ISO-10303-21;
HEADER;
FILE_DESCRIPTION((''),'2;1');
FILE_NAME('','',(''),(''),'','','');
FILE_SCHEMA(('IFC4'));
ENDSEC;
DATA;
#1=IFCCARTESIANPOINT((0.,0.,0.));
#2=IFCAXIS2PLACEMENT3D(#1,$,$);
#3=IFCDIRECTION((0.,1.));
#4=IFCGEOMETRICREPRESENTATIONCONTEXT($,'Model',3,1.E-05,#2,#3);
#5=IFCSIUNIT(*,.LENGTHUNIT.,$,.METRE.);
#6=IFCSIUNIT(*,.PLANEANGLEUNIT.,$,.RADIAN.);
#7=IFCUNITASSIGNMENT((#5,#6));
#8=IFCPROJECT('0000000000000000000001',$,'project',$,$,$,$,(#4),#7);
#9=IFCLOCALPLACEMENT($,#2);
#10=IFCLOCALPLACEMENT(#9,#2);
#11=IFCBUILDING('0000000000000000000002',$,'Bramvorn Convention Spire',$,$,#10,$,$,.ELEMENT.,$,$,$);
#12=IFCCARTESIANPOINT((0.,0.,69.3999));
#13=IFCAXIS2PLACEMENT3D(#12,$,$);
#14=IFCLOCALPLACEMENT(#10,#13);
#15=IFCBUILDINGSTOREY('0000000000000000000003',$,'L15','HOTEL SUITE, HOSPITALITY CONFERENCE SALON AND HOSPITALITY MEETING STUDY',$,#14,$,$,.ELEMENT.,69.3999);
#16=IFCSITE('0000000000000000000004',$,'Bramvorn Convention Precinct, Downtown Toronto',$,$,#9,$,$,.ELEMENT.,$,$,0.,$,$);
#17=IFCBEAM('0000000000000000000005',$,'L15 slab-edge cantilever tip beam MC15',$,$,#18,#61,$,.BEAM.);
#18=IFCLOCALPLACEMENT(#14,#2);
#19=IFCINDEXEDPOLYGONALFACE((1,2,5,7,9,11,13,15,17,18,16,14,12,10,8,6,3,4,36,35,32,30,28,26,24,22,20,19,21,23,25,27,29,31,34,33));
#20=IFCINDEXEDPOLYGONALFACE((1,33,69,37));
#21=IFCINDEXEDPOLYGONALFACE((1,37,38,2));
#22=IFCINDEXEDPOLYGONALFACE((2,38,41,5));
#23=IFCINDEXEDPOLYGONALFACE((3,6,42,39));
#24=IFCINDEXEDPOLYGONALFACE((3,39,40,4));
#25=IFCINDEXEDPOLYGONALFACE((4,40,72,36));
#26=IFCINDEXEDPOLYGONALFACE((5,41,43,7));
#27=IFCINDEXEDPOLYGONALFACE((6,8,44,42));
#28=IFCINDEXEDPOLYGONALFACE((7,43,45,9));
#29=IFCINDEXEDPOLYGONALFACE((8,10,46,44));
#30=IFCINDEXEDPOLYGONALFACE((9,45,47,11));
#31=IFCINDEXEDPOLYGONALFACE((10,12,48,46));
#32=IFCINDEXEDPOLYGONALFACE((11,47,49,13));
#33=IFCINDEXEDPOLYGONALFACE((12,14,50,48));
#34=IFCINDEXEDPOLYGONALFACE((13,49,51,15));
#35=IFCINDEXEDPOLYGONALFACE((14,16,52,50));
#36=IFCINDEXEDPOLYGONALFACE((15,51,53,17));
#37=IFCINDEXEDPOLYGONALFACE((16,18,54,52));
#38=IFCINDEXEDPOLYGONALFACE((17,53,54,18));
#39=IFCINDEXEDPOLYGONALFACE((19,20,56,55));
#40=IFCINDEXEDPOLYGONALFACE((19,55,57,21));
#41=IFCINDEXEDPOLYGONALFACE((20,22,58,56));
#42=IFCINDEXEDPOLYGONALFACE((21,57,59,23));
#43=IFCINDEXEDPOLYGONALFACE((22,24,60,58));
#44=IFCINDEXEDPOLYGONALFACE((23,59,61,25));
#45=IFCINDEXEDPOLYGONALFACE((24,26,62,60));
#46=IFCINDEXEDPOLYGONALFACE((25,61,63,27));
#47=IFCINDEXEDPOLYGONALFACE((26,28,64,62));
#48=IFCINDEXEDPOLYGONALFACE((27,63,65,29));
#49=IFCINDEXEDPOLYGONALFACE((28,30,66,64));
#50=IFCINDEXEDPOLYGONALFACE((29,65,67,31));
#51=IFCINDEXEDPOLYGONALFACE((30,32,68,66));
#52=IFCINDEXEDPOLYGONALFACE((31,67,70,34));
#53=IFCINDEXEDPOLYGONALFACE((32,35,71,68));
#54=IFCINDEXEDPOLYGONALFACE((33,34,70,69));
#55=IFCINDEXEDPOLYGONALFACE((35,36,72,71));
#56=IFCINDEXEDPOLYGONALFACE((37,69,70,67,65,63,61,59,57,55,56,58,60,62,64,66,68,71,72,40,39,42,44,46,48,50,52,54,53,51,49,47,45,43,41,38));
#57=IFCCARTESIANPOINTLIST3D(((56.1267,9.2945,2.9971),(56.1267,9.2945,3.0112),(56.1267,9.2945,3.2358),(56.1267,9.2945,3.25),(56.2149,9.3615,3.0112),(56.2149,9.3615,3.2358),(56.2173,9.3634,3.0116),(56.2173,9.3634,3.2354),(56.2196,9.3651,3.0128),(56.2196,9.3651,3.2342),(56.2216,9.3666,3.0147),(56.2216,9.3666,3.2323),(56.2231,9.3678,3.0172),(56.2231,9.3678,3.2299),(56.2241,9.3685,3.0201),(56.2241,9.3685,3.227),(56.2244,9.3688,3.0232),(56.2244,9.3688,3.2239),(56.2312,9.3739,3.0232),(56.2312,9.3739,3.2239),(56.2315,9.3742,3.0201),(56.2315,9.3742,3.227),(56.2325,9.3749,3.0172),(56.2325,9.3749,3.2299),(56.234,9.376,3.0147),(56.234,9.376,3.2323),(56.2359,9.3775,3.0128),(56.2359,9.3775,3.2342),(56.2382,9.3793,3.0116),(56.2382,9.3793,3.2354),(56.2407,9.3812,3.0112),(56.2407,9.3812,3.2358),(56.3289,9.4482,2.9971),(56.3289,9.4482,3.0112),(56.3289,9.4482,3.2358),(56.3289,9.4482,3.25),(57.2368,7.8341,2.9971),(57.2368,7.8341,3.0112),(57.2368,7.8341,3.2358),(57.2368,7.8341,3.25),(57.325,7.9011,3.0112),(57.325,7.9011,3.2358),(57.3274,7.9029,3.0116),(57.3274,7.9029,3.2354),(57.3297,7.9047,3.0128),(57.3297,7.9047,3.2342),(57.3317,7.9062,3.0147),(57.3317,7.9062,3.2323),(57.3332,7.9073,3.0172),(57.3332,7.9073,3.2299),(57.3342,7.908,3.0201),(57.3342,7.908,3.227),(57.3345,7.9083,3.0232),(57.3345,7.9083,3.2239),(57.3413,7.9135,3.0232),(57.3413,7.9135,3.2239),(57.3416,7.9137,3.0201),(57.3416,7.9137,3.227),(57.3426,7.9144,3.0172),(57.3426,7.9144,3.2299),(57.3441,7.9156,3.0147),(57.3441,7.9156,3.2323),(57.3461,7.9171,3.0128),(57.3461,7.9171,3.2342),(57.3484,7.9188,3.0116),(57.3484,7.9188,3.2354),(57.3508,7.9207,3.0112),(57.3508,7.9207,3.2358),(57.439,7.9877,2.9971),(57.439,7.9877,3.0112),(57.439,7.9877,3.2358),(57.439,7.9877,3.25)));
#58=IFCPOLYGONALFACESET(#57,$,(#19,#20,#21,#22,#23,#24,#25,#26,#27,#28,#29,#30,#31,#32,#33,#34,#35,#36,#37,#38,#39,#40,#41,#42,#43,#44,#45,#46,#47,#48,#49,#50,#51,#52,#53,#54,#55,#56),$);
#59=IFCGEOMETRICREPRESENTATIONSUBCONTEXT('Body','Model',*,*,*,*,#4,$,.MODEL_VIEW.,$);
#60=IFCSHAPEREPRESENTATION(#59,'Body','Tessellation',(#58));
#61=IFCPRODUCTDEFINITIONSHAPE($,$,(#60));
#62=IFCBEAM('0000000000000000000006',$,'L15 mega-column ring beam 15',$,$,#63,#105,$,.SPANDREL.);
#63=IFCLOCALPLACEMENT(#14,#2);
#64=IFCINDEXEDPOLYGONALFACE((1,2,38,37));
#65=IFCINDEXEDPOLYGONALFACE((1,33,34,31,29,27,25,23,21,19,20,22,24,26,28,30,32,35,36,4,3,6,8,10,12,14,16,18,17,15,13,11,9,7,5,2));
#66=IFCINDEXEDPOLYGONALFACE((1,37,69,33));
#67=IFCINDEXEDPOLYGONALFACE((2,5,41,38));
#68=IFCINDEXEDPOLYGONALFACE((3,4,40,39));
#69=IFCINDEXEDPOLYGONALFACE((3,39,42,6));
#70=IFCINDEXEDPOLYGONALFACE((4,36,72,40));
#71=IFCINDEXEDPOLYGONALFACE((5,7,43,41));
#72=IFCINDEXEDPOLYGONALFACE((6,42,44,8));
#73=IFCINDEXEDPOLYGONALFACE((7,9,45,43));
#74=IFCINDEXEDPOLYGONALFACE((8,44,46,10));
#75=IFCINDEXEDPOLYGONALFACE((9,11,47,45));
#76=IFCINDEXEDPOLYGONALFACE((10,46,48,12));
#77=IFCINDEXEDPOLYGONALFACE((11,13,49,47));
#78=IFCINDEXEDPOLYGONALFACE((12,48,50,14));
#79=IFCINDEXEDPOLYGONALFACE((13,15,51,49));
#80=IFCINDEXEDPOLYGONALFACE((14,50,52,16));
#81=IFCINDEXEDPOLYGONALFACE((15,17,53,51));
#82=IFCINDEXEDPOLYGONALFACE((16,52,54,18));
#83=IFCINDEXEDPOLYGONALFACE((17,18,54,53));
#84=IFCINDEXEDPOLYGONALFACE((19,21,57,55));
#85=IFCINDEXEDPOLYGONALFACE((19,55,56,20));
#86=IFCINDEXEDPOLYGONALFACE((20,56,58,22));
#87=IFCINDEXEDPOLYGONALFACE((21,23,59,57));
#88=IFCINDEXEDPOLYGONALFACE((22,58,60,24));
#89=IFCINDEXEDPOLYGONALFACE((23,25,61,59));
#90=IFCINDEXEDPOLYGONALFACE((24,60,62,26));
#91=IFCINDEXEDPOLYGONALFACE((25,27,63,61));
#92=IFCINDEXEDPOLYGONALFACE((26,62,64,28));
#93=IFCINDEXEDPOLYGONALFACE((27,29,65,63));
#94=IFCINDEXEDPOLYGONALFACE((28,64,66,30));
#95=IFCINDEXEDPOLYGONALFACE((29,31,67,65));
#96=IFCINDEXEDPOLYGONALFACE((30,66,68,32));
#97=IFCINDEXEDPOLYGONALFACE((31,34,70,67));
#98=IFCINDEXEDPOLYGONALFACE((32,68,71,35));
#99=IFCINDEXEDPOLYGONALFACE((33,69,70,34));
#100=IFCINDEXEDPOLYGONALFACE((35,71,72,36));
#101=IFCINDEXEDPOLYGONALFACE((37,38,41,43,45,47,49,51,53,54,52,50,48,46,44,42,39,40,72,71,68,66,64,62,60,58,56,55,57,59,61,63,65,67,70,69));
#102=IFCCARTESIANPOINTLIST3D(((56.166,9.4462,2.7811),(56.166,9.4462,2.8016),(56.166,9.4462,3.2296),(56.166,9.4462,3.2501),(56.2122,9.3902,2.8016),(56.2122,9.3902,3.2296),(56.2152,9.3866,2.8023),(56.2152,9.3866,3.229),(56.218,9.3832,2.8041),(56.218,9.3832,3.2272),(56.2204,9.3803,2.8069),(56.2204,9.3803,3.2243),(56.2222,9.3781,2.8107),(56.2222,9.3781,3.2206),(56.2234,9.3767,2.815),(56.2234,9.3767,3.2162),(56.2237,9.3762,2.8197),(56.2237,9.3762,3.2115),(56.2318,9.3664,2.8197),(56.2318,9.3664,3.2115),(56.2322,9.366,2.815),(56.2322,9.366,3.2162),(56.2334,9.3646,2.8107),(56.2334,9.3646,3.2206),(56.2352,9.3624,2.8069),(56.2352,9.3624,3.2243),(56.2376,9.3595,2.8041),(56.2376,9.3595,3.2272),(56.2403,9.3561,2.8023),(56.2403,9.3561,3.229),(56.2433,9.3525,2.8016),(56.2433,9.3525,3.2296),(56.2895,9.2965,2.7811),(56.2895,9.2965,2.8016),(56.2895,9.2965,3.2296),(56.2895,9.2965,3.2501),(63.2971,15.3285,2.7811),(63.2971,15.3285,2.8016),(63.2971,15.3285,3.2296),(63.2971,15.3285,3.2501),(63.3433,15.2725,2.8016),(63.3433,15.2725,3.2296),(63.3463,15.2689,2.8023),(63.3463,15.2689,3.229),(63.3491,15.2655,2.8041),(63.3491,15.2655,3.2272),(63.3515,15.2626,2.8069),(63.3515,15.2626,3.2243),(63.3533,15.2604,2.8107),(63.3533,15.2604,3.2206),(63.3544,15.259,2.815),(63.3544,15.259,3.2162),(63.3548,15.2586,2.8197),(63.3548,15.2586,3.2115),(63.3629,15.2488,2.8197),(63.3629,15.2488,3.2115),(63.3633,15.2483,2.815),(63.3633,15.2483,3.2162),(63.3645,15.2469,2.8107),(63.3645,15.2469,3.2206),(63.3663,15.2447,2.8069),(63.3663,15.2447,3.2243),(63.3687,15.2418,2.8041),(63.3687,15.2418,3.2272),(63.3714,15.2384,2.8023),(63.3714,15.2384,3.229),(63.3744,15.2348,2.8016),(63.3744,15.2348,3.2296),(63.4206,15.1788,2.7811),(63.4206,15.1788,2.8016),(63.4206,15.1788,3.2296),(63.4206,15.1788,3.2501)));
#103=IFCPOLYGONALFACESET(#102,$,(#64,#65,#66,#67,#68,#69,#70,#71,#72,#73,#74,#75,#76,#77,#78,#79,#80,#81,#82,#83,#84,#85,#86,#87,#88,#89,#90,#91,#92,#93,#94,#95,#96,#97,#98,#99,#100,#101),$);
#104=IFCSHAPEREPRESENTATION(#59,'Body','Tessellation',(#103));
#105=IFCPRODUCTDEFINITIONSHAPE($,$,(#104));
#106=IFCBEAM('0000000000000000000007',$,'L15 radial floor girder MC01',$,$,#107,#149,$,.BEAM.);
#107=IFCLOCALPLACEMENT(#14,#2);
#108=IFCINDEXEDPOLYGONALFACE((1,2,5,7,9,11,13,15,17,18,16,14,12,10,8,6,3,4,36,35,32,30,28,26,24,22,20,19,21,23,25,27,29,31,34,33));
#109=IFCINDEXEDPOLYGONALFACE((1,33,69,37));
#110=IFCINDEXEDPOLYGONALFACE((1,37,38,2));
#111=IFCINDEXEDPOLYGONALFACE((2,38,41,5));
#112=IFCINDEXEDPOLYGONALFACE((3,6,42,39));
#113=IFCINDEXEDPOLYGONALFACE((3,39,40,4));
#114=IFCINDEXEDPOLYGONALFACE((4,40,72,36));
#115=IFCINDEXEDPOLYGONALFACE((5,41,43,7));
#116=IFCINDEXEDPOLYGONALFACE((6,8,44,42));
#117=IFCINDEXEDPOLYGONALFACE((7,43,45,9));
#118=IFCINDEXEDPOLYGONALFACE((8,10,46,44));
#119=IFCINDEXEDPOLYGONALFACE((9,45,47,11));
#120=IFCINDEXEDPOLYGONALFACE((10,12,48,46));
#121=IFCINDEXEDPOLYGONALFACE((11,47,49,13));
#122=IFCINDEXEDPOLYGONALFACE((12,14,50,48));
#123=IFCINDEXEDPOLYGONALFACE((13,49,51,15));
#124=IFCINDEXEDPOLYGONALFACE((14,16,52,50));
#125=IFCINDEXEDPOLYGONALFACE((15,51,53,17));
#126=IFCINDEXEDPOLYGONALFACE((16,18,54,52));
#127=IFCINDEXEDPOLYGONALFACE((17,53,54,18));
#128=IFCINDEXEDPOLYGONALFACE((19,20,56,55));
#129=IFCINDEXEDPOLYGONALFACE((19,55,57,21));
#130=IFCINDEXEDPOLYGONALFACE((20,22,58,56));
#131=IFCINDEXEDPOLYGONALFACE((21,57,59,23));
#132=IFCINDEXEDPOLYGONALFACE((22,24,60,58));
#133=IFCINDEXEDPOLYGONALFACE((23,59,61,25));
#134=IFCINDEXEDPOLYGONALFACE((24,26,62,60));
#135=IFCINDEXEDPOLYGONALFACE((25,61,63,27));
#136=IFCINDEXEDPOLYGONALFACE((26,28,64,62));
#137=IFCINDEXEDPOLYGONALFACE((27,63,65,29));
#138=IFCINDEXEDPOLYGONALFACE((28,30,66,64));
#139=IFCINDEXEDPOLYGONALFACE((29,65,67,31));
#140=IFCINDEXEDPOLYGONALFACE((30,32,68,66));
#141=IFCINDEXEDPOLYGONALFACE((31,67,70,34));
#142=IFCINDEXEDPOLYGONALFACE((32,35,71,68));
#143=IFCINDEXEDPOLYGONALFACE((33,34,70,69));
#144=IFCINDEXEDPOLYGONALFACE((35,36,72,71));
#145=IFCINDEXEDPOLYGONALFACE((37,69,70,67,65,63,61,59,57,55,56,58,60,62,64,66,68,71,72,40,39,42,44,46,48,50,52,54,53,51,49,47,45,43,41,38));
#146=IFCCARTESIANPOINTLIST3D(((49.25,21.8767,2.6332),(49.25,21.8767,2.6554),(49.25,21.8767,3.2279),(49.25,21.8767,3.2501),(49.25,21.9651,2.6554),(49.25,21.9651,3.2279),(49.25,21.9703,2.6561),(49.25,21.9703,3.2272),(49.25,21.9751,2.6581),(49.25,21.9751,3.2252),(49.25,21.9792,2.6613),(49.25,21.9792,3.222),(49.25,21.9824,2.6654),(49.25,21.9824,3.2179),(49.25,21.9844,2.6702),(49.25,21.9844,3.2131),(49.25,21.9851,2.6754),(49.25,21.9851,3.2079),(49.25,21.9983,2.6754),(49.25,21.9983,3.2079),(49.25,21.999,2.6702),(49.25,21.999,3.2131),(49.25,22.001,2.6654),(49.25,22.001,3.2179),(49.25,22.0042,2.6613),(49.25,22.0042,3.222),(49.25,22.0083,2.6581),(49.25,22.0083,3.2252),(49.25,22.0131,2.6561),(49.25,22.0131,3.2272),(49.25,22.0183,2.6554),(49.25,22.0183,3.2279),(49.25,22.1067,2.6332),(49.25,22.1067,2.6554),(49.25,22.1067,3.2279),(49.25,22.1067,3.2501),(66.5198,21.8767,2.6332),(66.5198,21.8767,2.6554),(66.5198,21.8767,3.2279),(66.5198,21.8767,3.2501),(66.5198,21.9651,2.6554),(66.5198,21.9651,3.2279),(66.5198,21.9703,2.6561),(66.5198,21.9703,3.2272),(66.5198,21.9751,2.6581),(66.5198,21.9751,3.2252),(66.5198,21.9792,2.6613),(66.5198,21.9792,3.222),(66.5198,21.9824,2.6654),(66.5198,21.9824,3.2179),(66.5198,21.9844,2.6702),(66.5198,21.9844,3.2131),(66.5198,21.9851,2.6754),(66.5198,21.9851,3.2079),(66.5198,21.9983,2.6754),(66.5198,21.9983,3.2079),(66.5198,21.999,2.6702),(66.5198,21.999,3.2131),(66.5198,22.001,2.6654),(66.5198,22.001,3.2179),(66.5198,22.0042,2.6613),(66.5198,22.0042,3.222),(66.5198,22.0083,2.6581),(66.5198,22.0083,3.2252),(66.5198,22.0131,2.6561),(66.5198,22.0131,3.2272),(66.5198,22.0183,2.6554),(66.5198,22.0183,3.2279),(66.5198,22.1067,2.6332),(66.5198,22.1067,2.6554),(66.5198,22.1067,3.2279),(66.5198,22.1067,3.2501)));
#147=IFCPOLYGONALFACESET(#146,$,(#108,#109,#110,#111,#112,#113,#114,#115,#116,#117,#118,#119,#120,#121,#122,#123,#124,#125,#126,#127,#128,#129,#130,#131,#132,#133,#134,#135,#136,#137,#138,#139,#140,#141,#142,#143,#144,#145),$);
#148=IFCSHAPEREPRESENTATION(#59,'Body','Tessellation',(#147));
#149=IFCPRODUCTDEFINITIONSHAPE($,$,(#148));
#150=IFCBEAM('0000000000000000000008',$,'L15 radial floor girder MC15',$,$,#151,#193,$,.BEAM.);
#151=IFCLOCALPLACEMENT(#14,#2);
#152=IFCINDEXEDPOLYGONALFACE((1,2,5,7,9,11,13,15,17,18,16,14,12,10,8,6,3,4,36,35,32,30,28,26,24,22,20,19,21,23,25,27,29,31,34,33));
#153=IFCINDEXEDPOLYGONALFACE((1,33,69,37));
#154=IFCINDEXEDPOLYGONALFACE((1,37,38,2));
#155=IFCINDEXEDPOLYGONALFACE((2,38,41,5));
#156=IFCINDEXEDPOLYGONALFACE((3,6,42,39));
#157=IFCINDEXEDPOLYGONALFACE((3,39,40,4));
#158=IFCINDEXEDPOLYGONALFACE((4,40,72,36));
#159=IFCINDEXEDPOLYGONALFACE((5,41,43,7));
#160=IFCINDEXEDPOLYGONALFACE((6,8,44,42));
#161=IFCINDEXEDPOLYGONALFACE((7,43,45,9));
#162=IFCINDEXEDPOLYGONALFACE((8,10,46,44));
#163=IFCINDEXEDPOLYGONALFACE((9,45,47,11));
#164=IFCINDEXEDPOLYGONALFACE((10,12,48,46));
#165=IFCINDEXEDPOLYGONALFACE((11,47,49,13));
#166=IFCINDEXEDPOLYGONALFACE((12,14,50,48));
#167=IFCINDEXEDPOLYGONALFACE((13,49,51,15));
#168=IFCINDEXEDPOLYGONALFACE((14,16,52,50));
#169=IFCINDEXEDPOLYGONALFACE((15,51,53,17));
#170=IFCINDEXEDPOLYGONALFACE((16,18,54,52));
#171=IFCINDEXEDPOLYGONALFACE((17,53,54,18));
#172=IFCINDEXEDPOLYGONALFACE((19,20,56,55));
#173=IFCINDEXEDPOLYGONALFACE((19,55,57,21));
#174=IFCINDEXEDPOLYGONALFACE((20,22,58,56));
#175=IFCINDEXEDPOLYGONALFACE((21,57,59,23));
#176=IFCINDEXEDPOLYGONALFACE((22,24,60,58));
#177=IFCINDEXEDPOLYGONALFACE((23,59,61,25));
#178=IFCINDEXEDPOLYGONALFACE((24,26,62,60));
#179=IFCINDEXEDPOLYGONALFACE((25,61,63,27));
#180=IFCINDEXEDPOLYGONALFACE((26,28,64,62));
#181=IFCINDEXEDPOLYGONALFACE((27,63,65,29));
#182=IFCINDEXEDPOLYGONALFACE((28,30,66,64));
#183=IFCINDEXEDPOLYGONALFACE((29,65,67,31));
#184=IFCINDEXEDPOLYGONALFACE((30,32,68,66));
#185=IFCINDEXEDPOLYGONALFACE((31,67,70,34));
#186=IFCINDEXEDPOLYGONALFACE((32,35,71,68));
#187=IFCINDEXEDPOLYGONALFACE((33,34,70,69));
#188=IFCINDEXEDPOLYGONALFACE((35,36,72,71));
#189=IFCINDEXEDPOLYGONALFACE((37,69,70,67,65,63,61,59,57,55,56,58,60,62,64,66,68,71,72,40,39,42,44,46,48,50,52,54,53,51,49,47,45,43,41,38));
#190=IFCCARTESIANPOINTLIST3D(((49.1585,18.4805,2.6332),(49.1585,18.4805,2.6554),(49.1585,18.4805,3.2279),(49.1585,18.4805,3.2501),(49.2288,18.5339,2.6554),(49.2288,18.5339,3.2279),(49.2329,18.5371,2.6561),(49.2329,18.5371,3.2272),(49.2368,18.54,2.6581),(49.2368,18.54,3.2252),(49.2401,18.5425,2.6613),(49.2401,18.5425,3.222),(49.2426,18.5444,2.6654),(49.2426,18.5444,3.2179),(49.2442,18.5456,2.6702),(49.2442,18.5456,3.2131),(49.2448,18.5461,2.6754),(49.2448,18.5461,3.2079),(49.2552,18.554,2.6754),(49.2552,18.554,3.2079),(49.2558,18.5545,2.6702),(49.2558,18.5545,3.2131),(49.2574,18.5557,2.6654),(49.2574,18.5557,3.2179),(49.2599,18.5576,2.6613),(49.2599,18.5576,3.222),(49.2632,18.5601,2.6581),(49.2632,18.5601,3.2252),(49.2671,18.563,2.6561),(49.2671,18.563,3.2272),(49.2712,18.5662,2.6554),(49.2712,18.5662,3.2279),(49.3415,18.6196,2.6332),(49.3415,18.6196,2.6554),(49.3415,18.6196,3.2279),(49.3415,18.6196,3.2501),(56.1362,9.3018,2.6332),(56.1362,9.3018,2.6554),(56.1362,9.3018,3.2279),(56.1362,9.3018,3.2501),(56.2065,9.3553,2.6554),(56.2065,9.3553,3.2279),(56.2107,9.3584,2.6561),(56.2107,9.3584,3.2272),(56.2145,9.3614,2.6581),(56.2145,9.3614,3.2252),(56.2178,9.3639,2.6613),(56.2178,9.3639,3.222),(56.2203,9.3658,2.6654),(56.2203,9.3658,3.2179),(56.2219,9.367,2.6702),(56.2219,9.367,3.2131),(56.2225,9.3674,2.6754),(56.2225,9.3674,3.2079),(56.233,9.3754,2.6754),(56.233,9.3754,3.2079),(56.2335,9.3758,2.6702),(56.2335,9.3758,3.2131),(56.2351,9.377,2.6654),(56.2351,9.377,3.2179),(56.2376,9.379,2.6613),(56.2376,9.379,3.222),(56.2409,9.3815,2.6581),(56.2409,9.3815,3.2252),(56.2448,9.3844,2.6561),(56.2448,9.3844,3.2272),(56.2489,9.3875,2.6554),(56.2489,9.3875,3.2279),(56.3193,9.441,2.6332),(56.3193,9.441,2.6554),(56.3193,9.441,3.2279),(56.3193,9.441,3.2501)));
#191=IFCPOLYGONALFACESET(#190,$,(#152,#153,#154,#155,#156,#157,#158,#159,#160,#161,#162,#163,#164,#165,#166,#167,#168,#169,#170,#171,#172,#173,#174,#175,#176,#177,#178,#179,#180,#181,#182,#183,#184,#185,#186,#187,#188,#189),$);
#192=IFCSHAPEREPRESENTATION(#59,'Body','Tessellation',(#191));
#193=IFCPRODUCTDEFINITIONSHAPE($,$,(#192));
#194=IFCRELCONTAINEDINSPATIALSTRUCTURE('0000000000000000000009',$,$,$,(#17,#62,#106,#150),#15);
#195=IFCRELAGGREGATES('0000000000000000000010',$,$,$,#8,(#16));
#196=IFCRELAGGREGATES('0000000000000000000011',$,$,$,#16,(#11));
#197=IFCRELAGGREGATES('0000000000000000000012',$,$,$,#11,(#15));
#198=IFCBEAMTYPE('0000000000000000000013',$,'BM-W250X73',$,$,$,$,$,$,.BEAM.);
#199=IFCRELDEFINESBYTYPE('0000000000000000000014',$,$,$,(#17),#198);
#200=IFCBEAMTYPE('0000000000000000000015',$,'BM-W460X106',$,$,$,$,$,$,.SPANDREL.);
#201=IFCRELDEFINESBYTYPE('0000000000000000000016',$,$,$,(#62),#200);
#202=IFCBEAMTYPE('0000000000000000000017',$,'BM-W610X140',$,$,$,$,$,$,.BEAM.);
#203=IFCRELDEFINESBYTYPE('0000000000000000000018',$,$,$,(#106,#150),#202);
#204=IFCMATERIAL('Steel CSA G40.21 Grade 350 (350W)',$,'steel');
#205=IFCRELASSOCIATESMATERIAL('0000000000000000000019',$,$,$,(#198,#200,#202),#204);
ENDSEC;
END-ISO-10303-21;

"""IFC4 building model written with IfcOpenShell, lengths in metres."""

from ifc_helpers import new_model, si_unit, direction, frame, origin, origin_2d, place, context, subcontext, project, spatial, i_section, extrude, material, material_profile, profile_set, type_object, element, save


model = new_model("IFC4")

# Units and contexts
model_context = context("Model", 3, precision=1e-05, world=origin(), true_north=direction((0.0, 1.0)))
body_context = subcontext(model_context, "Body", "Model", "MODEL_VIEW")
ifc_project = project(units=[si_unit("LENGTHUNIT", "METRE"), si_unit("PLANEANGLEUNIT", "RADIAN")], contexts=[model_context])

# Site, building, storey
site_placement = place(None, origin())
site = spatial("IfcSite", under=ifc_project, at=site_placement, Name="Bramvorn Convention Precinct, Downtown Toronto", CompositionType="ELEMENT", RefElevation=0.0)
building_placement = place(site_placement, origin())
building = spatial("IfcBuilding", under=site, at=building_placement, Name="Bramvorn Convention Spire", CompositionType="ELEMENT")
storey_placement = place(building_placement, frame((0.0, 0.0, 69.3999)))
storey = spatial("IfcBuildingStorey", under=building, at=storey_placement, Name="L15", Description="HOTEL SUITE, HOSPITALITY CONFERENCE SALON AND HOSPITALITY MEETING STUDY", CompositionType="ELEMENT", Elevation=69.3999)

# Shared definitions
ifc_material_1 = material(Name="Steel CSA G40.21 Grade 350 (350W)", Category="steel")

# Beams
ifc_material_profile_1 = material_profile(ifc_material_1, i_section(OverallWidth=0.2539, OverallDepth=0.2529, WebThickness=0.0085, FlangeThickness=0.0142, FilletRadius=0.012, at=origin_2d()))
ifc_profile_set_1 = profile_set([ifc_material_profile_1], Name="Steel CSA G40.21 Grade 350 (350W) - W250X73")
beam_type_1 = type_object("IfcBeamType", Name="BM-W250X73", PredefinedType="BEAM", material=ifc_profile_set_1)
beam_1_placement = place(storey_placement, frame((56.2278, 9.3713, 3.1235), z_axis=(0.605141, -0.796119, 0.0), x_axis=(0.796119, 0.605141, 0.0)))
element("IfcBeam", 1, at=beam_1_placement, inside=storey, type_object=beam_type_1, Name="L15 slab-edge cantilever tip beam MC15", PredefinedType="BEAM", context=body_context, shape_type="SweptSolid", body=[
    extrude(i_section(OverallWidth=0.2539, OverallDepth=0.2529, WebThickness=0.0085, FlangeThickness=0.0142, FilletRadius=0.012, at=origin_2d()), origin(), (0.0, 0.0, 1.0), 1.8345),
])
ifc_material_profile_2 = material_profile(ifc_material_1, i_section(OverallWidth=0.1941, OverallDepth=0.469, WebThickness=0.0127, FlangeThickness=0.0205, FilletRadius=0.0181, at=origin_2d()))
ifc_profile_set_2 = profile_set([ifc_material_profile_2], Name="Steel CSA G40.21 Grade 350 (350W) - W460X106")
beam_type_2 = type_object("IfcBeamType", Name="BM-W460X106", PredefinedType="SPANDREL", material=ifc_profile_set_2)
beam_2_placement = place(storey_placement, frame((56.2278, 9.3713, 3.0156), z_axis=(0.771418, 0.636329, 0.0), x_axis=(-0.636329, 0.771418, 0.0)))
element("IfcBeam", 2, at=beam_2_placement, inside=storey, type_object=beam_type_2, Name="L15 mega-column ring beam 15", PredefinedType="SPANDREL", context=body_context, shape_type="SweptSolid", body=[
    extrude(i_section(OverallWidth=0.1941, OverallDepth=0.469, WebThickness=0.0127, FlangeThickness=0.0205, FilletRadius=0.0181, at=origin_2d()), origin(), (0.0, 0.0, 1.0), 9.2441),
])
ifc_material_profile_3 = material_profile(ifc_material_1, i_section(OverallWidth=0.23, OverallDepth=0.6169, WebThickness=0.0132, FlangeThickness=0.0222, FilletRadius=0.02, at=origin_2d()))
ifc_profile_set_3 = profile_set([ifc_material_profile_3], Name="Steel CSA G40.21 Grade 350 (350W) - W610X140")
beam_type_3 = type_object("IfcBeamType", Name="BM-W610X140", PredefinedType="BEAM", material=ifc_profile_set_3)
beam_3_placement = place(storey_placement, frame((49.25, 21.9917, 2.9417), z_axis=(1.0, 0.0, 0.0), x_axis=(0.0, 1.0, 0.0)))
element("IfcBeam", 3, at=beam_3_placement, inside=storey, type_object=beam_type_3, Name="L15 radial floor girder MC01", PredefinedType="BEAM", context=body_context, shape_type="SweptSolid", body=[
    extrude(i_section(OverallWidth=0.23, OverallDepth=0.6169, WebThickness=0.0132, FlangeThickness=0.0222, FilletRadius=0.02, at=origin_2d()), origin(), (0.0, 0.0, 1.0), 17.2698),
])
beam_4_placement = place(storey_placement, frame((49.25, 18.55, 2.9417), z_axis=(0.605191, -0.79608, 0.0), x_axis=(0.79608, 0.605191, 0.0)))
element("IfcBeam", 4, at=beam_4_placement, inside=storey, type_object=beam_type_3, Name="L15 radial floor girder MC15", PredefinedType="BEAM", context=body_context, shape_type="SweptSolid", body=[
    extrude(i_section(OverallWidth=0.23, OverallDepth=0.6169, WebThickness=0.0132, FlangeThickness=0.0222, FilletRadius=0.02, at=origin_2d()), origin(), (0.0, 0.0, 1.0), 11.5298),
])

save(model, "model.ifc")
